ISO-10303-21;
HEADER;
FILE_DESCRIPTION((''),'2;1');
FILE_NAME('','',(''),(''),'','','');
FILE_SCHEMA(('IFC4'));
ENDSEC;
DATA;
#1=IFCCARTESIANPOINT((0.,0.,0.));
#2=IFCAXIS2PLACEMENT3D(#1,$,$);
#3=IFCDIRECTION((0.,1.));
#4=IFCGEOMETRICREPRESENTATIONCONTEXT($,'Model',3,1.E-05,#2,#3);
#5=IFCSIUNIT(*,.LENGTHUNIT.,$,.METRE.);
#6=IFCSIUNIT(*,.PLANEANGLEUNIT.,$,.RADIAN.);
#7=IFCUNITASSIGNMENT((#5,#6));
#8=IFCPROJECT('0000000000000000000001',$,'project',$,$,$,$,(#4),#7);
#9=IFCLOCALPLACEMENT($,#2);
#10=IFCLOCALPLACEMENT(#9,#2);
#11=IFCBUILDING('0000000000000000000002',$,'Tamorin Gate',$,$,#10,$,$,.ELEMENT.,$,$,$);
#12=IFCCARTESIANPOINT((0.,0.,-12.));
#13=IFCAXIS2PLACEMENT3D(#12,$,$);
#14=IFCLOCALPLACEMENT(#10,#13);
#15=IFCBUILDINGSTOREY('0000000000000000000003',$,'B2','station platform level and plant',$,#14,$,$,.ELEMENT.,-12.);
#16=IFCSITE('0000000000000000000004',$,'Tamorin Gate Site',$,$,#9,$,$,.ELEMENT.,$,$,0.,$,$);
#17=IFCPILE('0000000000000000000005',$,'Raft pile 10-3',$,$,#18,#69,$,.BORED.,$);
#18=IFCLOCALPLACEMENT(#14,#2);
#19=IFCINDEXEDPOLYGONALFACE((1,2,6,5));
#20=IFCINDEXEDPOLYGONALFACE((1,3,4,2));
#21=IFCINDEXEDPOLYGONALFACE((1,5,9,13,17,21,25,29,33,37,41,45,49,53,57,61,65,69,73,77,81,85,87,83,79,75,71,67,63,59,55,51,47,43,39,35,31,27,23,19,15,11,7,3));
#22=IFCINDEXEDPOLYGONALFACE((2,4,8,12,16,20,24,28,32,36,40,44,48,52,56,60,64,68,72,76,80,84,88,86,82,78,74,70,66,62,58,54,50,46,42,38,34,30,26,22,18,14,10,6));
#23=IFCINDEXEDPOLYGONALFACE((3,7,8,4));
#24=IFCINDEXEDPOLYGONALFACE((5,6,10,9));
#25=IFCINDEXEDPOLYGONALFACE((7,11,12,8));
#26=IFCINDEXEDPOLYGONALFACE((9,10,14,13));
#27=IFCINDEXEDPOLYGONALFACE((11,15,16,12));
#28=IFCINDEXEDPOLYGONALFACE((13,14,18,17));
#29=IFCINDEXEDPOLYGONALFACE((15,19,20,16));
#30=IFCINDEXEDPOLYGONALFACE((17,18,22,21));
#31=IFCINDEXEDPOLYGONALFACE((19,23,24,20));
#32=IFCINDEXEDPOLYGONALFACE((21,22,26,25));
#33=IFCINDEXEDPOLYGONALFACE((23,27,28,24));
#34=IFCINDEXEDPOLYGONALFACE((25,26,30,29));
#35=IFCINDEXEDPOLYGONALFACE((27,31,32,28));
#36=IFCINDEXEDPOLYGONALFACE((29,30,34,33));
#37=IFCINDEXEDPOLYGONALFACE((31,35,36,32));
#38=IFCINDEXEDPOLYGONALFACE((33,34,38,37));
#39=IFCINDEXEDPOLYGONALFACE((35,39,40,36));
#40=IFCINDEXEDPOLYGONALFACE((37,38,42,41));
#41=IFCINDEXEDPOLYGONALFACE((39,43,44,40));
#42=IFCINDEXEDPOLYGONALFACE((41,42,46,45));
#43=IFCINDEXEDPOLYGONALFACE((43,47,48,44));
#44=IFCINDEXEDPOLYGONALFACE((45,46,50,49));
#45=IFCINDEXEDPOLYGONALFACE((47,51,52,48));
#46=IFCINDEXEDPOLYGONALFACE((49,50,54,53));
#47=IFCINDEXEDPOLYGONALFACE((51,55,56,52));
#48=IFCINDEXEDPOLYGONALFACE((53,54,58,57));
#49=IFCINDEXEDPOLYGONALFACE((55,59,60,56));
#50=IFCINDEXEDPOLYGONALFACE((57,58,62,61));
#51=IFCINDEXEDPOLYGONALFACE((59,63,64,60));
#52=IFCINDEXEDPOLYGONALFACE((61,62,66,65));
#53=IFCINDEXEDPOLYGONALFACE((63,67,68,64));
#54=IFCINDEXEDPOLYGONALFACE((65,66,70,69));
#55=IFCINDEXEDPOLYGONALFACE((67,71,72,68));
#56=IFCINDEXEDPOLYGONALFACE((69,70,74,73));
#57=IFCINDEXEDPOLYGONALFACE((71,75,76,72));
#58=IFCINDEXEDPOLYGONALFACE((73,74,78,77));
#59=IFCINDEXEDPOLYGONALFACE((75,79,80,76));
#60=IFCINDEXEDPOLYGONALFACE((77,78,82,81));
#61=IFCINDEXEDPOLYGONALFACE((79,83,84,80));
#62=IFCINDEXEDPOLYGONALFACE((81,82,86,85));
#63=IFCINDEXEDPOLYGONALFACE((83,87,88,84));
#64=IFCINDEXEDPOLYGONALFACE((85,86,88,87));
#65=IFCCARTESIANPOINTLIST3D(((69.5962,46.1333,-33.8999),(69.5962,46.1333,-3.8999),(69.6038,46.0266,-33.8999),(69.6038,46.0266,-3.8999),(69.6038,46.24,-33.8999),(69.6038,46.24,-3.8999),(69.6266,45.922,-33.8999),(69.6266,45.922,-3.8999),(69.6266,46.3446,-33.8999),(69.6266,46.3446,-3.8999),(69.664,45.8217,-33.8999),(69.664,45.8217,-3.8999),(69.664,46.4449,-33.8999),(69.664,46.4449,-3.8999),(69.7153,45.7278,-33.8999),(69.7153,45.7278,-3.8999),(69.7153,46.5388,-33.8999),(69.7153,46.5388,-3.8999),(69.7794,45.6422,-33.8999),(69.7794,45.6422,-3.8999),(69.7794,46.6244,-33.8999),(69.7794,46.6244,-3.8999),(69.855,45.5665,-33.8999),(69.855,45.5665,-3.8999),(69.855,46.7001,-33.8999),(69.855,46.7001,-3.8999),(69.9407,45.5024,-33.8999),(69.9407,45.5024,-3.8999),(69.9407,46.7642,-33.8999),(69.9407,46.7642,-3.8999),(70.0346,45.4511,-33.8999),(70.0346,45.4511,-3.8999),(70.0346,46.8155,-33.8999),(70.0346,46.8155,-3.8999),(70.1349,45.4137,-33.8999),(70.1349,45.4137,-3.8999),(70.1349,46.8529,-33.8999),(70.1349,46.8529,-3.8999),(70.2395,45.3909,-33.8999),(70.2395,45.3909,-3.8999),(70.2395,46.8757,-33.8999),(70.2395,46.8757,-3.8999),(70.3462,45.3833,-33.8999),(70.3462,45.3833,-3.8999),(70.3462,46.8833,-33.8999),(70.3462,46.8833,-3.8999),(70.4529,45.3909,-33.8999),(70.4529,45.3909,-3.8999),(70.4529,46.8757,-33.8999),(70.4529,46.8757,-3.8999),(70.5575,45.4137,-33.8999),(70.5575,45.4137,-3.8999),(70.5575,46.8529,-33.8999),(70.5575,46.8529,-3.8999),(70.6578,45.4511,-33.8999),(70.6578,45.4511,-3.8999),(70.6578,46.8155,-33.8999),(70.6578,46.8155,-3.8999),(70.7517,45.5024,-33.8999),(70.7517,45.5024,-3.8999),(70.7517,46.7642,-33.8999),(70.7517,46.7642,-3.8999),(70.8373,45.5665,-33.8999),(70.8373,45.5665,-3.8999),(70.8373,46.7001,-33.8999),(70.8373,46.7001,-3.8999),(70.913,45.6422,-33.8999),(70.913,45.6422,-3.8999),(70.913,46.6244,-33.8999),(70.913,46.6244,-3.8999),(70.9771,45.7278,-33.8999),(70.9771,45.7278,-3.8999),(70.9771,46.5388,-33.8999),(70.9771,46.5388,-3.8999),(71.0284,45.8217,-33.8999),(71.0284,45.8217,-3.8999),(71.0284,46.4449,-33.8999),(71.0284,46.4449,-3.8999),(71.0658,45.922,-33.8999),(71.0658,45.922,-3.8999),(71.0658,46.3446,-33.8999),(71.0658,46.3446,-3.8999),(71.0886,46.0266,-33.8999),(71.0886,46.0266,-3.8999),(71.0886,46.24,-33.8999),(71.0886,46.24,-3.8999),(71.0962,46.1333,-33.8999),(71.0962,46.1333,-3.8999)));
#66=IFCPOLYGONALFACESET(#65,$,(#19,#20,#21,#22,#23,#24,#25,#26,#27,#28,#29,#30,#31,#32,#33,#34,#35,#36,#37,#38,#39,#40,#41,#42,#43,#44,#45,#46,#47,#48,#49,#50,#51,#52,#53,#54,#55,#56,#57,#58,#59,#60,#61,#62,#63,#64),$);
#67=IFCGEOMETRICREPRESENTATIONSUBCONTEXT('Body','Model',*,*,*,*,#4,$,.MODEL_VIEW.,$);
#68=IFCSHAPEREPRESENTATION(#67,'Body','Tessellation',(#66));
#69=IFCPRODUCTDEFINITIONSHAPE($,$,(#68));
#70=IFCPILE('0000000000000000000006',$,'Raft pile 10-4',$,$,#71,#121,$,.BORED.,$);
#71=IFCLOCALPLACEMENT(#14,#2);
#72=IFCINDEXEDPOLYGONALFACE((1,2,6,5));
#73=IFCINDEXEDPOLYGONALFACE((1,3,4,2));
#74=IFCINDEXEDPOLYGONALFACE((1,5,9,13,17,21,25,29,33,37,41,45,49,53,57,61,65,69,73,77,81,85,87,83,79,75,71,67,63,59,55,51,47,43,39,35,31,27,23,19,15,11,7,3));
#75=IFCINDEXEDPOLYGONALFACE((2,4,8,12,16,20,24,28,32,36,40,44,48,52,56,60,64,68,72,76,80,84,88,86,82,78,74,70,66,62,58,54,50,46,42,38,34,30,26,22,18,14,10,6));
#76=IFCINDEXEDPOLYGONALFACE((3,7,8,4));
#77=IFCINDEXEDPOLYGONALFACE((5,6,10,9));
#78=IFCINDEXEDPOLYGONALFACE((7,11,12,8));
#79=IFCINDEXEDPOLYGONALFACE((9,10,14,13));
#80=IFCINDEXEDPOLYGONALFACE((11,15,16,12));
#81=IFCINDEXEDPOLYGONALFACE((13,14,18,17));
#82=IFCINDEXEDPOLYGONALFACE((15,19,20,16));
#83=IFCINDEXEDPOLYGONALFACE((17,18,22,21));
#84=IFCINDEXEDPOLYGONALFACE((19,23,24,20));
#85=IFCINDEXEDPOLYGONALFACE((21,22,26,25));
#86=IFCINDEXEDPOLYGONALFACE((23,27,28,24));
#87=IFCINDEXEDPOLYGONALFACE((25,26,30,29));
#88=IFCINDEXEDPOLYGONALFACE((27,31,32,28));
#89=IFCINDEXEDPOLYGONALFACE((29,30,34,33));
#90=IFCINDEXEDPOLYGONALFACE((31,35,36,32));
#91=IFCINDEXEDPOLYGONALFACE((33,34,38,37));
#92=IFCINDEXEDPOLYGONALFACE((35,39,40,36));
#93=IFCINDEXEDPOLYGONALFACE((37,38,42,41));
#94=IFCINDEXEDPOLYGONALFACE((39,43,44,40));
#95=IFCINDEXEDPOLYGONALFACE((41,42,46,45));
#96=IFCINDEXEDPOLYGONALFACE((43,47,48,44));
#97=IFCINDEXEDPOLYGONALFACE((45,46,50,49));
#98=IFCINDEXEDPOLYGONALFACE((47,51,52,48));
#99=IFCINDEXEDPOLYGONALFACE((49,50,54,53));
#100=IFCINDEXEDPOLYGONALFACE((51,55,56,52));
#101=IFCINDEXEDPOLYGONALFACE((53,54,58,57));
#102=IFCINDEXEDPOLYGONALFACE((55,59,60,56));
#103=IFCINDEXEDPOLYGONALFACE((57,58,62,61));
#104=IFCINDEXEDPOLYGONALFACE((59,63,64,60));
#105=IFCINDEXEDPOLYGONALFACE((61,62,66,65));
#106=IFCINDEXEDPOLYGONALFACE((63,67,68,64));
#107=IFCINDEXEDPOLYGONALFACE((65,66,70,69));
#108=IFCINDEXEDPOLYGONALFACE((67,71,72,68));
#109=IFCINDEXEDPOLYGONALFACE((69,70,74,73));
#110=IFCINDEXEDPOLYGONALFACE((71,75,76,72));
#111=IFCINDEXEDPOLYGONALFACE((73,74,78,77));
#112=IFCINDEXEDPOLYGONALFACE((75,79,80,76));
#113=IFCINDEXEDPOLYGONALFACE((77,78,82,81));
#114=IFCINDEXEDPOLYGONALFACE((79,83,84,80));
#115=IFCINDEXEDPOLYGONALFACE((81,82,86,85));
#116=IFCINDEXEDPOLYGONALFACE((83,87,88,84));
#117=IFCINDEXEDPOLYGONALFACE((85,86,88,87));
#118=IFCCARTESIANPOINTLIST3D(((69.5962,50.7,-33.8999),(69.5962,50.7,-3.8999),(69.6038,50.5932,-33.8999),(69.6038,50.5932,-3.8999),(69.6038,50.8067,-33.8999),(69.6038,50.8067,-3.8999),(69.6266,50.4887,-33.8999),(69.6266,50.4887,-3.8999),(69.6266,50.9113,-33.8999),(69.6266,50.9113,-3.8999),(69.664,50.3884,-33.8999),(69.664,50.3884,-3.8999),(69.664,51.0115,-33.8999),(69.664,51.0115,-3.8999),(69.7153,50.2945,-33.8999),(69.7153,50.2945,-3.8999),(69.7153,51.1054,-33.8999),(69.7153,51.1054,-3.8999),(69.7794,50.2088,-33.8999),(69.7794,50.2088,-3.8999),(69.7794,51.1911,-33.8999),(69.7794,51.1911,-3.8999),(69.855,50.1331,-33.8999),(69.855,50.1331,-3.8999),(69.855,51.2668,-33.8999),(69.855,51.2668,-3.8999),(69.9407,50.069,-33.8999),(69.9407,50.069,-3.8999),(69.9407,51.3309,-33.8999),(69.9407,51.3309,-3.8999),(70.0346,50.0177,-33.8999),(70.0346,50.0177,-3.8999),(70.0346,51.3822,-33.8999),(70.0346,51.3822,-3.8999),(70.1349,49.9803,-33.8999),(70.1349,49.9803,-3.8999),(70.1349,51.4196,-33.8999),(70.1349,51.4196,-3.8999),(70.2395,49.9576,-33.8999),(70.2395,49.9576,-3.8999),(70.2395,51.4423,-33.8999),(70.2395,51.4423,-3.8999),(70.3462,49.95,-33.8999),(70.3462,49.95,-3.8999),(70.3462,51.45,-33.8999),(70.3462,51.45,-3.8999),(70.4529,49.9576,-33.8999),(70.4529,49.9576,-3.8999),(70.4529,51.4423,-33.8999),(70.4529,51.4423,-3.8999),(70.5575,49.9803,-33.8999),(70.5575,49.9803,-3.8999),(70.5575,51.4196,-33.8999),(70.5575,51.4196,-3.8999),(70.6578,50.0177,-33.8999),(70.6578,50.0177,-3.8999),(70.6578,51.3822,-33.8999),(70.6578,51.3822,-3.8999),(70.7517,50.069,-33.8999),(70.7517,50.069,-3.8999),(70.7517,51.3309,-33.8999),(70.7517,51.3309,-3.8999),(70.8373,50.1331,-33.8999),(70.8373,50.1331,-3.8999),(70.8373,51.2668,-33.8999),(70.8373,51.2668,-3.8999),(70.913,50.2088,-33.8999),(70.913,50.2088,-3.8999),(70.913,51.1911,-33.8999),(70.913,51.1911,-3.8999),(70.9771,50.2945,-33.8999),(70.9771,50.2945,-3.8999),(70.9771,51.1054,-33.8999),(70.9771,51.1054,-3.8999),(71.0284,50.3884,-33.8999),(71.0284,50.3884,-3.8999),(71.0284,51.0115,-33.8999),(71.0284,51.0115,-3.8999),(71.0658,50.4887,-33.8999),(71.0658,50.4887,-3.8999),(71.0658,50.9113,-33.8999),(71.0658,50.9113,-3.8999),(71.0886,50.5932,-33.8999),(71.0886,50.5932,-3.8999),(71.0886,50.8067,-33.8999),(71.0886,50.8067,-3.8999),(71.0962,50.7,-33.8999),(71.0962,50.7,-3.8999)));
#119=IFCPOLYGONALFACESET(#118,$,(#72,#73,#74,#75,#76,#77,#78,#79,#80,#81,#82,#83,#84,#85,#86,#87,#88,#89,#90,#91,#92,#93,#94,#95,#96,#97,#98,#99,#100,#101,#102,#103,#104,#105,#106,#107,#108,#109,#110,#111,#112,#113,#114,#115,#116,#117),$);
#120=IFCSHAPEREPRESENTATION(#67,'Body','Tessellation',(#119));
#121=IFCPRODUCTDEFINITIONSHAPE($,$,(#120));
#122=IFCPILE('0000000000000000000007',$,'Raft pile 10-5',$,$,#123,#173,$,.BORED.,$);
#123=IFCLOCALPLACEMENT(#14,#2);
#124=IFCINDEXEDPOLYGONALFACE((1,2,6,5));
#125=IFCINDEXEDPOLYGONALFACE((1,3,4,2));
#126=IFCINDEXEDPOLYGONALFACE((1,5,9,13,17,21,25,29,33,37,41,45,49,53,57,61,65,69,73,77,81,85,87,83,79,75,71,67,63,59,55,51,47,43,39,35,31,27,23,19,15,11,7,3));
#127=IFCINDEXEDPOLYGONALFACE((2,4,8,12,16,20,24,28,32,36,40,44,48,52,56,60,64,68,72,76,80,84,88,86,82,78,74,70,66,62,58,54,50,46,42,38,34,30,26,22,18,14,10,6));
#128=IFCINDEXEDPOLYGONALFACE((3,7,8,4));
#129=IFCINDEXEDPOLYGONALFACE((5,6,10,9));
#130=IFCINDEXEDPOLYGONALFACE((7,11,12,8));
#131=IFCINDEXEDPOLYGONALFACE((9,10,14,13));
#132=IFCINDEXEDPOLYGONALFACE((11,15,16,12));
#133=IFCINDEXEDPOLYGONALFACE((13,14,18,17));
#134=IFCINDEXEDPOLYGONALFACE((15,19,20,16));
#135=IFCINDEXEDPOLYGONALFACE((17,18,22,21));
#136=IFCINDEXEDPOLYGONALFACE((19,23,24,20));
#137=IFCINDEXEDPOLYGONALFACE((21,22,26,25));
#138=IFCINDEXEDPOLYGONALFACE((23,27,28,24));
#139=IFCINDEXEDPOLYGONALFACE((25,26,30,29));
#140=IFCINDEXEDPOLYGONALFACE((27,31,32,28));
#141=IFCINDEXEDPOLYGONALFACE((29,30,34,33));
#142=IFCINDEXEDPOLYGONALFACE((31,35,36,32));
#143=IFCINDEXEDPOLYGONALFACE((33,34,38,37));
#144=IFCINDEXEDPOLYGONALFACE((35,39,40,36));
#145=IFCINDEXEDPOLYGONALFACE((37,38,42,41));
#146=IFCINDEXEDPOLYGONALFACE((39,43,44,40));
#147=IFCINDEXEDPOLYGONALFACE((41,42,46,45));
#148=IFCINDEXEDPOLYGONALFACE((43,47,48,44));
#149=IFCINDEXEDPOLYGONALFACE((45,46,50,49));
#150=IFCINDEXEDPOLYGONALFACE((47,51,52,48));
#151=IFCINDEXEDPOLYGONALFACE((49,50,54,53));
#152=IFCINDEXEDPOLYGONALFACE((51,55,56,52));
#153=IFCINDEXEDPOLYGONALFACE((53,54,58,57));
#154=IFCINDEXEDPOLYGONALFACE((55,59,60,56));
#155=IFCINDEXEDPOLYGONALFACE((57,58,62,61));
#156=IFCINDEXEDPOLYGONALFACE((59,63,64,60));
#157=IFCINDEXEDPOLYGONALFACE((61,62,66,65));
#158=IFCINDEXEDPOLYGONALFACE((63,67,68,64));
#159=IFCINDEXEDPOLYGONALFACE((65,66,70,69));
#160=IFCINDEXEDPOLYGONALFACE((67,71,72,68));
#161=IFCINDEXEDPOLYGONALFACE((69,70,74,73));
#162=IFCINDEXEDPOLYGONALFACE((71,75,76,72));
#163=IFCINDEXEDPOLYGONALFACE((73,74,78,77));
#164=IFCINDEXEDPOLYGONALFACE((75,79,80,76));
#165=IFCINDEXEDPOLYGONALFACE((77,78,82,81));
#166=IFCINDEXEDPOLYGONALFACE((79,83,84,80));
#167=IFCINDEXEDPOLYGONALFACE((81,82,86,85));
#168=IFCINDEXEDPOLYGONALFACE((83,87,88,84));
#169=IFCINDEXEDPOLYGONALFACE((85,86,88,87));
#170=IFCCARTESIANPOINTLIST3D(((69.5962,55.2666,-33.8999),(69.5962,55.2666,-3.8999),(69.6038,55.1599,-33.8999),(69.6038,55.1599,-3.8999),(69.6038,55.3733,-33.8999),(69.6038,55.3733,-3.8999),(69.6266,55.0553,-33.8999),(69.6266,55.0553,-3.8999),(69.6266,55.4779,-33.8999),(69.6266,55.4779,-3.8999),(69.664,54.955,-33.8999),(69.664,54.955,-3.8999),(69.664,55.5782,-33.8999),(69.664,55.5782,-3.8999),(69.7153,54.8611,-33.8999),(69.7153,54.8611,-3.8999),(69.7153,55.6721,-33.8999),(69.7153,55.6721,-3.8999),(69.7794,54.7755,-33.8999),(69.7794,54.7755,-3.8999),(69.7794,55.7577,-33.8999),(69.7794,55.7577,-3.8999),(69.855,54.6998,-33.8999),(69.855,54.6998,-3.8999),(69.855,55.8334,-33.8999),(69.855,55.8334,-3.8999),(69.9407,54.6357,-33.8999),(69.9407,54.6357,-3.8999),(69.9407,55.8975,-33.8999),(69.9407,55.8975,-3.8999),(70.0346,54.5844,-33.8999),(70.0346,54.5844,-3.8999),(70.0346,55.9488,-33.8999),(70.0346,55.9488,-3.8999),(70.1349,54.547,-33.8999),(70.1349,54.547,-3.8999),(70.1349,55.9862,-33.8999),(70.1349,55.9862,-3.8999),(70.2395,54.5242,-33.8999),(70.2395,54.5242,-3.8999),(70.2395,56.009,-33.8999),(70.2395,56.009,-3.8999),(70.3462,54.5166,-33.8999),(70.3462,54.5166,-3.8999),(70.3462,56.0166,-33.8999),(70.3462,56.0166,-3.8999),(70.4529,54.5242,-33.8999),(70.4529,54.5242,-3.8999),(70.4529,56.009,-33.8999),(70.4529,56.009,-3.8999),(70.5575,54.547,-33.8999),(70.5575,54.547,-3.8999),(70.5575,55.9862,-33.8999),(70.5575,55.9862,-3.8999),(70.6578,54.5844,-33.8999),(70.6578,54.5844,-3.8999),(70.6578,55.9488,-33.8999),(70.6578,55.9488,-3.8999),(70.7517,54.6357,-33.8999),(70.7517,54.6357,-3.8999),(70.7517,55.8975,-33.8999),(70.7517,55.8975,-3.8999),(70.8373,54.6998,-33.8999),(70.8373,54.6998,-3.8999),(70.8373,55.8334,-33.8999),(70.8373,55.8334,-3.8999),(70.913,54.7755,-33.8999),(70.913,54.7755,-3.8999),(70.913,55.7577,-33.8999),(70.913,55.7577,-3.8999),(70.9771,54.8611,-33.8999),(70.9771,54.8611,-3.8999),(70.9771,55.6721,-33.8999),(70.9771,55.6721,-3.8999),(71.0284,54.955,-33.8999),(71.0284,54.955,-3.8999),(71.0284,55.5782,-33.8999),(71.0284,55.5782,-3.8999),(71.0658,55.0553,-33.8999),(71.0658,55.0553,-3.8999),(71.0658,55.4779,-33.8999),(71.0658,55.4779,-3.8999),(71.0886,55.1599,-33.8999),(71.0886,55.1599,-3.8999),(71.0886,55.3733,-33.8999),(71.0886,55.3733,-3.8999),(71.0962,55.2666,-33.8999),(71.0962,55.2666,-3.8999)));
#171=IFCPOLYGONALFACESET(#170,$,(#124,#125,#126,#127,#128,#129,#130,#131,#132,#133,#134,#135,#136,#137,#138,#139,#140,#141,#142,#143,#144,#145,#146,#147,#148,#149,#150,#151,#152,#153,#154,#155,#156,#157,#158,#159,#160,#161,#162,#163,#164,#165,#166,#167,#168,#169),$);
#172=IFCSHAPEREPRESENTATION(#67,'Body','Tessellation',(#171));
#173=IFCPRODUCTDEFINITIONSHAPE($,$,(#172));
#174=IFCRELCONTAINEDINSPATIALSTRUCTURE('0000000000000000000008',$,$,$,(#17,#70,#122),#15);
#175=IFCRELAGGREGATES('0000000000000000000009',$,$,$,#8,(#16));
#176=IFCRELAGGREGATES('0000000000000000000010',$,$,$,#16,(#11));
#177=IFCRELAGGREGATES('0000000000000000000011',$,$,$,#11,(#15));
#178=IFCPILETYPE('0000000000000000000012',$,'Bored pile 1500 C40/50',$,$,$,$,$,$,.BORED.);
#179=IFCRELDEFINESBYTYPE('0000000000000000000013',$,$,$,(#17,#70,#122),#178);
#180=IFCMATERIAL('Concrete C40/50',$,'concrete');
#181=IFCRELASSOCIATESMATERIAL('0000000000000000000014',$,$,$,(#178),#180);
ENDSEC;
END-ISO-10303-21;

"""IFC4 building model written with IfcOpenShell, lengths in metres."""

from ifc_helpers import new_model, si_unit, direction, frame, origin, origin_2d, place, context, subcontext, project, spatial, circle, extrude, material, material_profile, profile_set, type_object, element, save


model = new_model("IFC4")

# Units and contexts
model_context = context("Model", 3, precision=1e-05, world=origin(), true_north=direction((0.0, 1.0)))
body_context = subcontext(model_context, "Body", "Model", "MODEL_VIEW")
ifc_project = project(units=[si_unit("LENGTHUNIT", "METRE"), si_unit("PLANEANGLEUNIT", "RADIAN")], contexts=[model_context])

# Site, building, storey
site_placement = place(None, origin())
site = spatial("IfcSite", under=ifc_project, at=site_placement, Name="Tamorin Gate Site", CompositionType="ELEMENT", RefElevation=0.0)
building_placement = place(site_placement, origin())
building = spatial("IfcBuilding", under=site, at=building_placement, Name="Tamorin Gate", CompositionType="ELEMENT")
storey_placement = place(building_placement, frame((0.0, 0.0, -12.0)))
storey = spatial("IfcBuildingStorey", under=building, at=storey_placement, Name="B2", Description="station platform level and plant", CompositionType="ELEMENT", Elevation=-12.0)

# Piles
ifc_material_1 = material(Name="Concrete C40/50", Category="concrete")
ifc_material_profile_1 = material_profile(ifc_material_1, circle(Radius=0.75, at=origin_2d()))
ifc_profile_set_1 = profile_set([ifc_material_profile_1], Name="Concrete C40/50")
pile_type = type_object("IfcPileType", Name="Bored pile 1500 C40/50", PredefinedType="BORED", material=ifc_profile_set_1)
for number, where, z_axis, x_axis, name in (
    (1, (70.3462, 46.1333, -3.8999), (0.0, 0.0, -1.0), (1.0, 0.0, 0.0), "Raft pile 10-3"),
    (2, (70.3462, 50.7, -3.8999), (0.0, 0.0, -1.0), (1.0, 0.0, 0.0), "Raft pile 10-4"),
    (3, (70.3462, 55.2666, -3.8999), (0.0, 0.0, -1.0), (1.0, 0.0, 0.0), "Raft pile 10-5"),
):
    element("IfcPile", number, at=place(storey_placement, frame(where, z_axis=z_axis, x_axis=x_axis)), inside=storey, type_object=pile_type, Name=name, PredefinedType="BORED", context=body_context, shape_type="SweptSolid", body=[
        extrude(circle(Radius=0.75, at=origin_2d()), origin(), (0.0, 0.0, 1.0), 30.0),
    ])

save(model, "model.ifc")
